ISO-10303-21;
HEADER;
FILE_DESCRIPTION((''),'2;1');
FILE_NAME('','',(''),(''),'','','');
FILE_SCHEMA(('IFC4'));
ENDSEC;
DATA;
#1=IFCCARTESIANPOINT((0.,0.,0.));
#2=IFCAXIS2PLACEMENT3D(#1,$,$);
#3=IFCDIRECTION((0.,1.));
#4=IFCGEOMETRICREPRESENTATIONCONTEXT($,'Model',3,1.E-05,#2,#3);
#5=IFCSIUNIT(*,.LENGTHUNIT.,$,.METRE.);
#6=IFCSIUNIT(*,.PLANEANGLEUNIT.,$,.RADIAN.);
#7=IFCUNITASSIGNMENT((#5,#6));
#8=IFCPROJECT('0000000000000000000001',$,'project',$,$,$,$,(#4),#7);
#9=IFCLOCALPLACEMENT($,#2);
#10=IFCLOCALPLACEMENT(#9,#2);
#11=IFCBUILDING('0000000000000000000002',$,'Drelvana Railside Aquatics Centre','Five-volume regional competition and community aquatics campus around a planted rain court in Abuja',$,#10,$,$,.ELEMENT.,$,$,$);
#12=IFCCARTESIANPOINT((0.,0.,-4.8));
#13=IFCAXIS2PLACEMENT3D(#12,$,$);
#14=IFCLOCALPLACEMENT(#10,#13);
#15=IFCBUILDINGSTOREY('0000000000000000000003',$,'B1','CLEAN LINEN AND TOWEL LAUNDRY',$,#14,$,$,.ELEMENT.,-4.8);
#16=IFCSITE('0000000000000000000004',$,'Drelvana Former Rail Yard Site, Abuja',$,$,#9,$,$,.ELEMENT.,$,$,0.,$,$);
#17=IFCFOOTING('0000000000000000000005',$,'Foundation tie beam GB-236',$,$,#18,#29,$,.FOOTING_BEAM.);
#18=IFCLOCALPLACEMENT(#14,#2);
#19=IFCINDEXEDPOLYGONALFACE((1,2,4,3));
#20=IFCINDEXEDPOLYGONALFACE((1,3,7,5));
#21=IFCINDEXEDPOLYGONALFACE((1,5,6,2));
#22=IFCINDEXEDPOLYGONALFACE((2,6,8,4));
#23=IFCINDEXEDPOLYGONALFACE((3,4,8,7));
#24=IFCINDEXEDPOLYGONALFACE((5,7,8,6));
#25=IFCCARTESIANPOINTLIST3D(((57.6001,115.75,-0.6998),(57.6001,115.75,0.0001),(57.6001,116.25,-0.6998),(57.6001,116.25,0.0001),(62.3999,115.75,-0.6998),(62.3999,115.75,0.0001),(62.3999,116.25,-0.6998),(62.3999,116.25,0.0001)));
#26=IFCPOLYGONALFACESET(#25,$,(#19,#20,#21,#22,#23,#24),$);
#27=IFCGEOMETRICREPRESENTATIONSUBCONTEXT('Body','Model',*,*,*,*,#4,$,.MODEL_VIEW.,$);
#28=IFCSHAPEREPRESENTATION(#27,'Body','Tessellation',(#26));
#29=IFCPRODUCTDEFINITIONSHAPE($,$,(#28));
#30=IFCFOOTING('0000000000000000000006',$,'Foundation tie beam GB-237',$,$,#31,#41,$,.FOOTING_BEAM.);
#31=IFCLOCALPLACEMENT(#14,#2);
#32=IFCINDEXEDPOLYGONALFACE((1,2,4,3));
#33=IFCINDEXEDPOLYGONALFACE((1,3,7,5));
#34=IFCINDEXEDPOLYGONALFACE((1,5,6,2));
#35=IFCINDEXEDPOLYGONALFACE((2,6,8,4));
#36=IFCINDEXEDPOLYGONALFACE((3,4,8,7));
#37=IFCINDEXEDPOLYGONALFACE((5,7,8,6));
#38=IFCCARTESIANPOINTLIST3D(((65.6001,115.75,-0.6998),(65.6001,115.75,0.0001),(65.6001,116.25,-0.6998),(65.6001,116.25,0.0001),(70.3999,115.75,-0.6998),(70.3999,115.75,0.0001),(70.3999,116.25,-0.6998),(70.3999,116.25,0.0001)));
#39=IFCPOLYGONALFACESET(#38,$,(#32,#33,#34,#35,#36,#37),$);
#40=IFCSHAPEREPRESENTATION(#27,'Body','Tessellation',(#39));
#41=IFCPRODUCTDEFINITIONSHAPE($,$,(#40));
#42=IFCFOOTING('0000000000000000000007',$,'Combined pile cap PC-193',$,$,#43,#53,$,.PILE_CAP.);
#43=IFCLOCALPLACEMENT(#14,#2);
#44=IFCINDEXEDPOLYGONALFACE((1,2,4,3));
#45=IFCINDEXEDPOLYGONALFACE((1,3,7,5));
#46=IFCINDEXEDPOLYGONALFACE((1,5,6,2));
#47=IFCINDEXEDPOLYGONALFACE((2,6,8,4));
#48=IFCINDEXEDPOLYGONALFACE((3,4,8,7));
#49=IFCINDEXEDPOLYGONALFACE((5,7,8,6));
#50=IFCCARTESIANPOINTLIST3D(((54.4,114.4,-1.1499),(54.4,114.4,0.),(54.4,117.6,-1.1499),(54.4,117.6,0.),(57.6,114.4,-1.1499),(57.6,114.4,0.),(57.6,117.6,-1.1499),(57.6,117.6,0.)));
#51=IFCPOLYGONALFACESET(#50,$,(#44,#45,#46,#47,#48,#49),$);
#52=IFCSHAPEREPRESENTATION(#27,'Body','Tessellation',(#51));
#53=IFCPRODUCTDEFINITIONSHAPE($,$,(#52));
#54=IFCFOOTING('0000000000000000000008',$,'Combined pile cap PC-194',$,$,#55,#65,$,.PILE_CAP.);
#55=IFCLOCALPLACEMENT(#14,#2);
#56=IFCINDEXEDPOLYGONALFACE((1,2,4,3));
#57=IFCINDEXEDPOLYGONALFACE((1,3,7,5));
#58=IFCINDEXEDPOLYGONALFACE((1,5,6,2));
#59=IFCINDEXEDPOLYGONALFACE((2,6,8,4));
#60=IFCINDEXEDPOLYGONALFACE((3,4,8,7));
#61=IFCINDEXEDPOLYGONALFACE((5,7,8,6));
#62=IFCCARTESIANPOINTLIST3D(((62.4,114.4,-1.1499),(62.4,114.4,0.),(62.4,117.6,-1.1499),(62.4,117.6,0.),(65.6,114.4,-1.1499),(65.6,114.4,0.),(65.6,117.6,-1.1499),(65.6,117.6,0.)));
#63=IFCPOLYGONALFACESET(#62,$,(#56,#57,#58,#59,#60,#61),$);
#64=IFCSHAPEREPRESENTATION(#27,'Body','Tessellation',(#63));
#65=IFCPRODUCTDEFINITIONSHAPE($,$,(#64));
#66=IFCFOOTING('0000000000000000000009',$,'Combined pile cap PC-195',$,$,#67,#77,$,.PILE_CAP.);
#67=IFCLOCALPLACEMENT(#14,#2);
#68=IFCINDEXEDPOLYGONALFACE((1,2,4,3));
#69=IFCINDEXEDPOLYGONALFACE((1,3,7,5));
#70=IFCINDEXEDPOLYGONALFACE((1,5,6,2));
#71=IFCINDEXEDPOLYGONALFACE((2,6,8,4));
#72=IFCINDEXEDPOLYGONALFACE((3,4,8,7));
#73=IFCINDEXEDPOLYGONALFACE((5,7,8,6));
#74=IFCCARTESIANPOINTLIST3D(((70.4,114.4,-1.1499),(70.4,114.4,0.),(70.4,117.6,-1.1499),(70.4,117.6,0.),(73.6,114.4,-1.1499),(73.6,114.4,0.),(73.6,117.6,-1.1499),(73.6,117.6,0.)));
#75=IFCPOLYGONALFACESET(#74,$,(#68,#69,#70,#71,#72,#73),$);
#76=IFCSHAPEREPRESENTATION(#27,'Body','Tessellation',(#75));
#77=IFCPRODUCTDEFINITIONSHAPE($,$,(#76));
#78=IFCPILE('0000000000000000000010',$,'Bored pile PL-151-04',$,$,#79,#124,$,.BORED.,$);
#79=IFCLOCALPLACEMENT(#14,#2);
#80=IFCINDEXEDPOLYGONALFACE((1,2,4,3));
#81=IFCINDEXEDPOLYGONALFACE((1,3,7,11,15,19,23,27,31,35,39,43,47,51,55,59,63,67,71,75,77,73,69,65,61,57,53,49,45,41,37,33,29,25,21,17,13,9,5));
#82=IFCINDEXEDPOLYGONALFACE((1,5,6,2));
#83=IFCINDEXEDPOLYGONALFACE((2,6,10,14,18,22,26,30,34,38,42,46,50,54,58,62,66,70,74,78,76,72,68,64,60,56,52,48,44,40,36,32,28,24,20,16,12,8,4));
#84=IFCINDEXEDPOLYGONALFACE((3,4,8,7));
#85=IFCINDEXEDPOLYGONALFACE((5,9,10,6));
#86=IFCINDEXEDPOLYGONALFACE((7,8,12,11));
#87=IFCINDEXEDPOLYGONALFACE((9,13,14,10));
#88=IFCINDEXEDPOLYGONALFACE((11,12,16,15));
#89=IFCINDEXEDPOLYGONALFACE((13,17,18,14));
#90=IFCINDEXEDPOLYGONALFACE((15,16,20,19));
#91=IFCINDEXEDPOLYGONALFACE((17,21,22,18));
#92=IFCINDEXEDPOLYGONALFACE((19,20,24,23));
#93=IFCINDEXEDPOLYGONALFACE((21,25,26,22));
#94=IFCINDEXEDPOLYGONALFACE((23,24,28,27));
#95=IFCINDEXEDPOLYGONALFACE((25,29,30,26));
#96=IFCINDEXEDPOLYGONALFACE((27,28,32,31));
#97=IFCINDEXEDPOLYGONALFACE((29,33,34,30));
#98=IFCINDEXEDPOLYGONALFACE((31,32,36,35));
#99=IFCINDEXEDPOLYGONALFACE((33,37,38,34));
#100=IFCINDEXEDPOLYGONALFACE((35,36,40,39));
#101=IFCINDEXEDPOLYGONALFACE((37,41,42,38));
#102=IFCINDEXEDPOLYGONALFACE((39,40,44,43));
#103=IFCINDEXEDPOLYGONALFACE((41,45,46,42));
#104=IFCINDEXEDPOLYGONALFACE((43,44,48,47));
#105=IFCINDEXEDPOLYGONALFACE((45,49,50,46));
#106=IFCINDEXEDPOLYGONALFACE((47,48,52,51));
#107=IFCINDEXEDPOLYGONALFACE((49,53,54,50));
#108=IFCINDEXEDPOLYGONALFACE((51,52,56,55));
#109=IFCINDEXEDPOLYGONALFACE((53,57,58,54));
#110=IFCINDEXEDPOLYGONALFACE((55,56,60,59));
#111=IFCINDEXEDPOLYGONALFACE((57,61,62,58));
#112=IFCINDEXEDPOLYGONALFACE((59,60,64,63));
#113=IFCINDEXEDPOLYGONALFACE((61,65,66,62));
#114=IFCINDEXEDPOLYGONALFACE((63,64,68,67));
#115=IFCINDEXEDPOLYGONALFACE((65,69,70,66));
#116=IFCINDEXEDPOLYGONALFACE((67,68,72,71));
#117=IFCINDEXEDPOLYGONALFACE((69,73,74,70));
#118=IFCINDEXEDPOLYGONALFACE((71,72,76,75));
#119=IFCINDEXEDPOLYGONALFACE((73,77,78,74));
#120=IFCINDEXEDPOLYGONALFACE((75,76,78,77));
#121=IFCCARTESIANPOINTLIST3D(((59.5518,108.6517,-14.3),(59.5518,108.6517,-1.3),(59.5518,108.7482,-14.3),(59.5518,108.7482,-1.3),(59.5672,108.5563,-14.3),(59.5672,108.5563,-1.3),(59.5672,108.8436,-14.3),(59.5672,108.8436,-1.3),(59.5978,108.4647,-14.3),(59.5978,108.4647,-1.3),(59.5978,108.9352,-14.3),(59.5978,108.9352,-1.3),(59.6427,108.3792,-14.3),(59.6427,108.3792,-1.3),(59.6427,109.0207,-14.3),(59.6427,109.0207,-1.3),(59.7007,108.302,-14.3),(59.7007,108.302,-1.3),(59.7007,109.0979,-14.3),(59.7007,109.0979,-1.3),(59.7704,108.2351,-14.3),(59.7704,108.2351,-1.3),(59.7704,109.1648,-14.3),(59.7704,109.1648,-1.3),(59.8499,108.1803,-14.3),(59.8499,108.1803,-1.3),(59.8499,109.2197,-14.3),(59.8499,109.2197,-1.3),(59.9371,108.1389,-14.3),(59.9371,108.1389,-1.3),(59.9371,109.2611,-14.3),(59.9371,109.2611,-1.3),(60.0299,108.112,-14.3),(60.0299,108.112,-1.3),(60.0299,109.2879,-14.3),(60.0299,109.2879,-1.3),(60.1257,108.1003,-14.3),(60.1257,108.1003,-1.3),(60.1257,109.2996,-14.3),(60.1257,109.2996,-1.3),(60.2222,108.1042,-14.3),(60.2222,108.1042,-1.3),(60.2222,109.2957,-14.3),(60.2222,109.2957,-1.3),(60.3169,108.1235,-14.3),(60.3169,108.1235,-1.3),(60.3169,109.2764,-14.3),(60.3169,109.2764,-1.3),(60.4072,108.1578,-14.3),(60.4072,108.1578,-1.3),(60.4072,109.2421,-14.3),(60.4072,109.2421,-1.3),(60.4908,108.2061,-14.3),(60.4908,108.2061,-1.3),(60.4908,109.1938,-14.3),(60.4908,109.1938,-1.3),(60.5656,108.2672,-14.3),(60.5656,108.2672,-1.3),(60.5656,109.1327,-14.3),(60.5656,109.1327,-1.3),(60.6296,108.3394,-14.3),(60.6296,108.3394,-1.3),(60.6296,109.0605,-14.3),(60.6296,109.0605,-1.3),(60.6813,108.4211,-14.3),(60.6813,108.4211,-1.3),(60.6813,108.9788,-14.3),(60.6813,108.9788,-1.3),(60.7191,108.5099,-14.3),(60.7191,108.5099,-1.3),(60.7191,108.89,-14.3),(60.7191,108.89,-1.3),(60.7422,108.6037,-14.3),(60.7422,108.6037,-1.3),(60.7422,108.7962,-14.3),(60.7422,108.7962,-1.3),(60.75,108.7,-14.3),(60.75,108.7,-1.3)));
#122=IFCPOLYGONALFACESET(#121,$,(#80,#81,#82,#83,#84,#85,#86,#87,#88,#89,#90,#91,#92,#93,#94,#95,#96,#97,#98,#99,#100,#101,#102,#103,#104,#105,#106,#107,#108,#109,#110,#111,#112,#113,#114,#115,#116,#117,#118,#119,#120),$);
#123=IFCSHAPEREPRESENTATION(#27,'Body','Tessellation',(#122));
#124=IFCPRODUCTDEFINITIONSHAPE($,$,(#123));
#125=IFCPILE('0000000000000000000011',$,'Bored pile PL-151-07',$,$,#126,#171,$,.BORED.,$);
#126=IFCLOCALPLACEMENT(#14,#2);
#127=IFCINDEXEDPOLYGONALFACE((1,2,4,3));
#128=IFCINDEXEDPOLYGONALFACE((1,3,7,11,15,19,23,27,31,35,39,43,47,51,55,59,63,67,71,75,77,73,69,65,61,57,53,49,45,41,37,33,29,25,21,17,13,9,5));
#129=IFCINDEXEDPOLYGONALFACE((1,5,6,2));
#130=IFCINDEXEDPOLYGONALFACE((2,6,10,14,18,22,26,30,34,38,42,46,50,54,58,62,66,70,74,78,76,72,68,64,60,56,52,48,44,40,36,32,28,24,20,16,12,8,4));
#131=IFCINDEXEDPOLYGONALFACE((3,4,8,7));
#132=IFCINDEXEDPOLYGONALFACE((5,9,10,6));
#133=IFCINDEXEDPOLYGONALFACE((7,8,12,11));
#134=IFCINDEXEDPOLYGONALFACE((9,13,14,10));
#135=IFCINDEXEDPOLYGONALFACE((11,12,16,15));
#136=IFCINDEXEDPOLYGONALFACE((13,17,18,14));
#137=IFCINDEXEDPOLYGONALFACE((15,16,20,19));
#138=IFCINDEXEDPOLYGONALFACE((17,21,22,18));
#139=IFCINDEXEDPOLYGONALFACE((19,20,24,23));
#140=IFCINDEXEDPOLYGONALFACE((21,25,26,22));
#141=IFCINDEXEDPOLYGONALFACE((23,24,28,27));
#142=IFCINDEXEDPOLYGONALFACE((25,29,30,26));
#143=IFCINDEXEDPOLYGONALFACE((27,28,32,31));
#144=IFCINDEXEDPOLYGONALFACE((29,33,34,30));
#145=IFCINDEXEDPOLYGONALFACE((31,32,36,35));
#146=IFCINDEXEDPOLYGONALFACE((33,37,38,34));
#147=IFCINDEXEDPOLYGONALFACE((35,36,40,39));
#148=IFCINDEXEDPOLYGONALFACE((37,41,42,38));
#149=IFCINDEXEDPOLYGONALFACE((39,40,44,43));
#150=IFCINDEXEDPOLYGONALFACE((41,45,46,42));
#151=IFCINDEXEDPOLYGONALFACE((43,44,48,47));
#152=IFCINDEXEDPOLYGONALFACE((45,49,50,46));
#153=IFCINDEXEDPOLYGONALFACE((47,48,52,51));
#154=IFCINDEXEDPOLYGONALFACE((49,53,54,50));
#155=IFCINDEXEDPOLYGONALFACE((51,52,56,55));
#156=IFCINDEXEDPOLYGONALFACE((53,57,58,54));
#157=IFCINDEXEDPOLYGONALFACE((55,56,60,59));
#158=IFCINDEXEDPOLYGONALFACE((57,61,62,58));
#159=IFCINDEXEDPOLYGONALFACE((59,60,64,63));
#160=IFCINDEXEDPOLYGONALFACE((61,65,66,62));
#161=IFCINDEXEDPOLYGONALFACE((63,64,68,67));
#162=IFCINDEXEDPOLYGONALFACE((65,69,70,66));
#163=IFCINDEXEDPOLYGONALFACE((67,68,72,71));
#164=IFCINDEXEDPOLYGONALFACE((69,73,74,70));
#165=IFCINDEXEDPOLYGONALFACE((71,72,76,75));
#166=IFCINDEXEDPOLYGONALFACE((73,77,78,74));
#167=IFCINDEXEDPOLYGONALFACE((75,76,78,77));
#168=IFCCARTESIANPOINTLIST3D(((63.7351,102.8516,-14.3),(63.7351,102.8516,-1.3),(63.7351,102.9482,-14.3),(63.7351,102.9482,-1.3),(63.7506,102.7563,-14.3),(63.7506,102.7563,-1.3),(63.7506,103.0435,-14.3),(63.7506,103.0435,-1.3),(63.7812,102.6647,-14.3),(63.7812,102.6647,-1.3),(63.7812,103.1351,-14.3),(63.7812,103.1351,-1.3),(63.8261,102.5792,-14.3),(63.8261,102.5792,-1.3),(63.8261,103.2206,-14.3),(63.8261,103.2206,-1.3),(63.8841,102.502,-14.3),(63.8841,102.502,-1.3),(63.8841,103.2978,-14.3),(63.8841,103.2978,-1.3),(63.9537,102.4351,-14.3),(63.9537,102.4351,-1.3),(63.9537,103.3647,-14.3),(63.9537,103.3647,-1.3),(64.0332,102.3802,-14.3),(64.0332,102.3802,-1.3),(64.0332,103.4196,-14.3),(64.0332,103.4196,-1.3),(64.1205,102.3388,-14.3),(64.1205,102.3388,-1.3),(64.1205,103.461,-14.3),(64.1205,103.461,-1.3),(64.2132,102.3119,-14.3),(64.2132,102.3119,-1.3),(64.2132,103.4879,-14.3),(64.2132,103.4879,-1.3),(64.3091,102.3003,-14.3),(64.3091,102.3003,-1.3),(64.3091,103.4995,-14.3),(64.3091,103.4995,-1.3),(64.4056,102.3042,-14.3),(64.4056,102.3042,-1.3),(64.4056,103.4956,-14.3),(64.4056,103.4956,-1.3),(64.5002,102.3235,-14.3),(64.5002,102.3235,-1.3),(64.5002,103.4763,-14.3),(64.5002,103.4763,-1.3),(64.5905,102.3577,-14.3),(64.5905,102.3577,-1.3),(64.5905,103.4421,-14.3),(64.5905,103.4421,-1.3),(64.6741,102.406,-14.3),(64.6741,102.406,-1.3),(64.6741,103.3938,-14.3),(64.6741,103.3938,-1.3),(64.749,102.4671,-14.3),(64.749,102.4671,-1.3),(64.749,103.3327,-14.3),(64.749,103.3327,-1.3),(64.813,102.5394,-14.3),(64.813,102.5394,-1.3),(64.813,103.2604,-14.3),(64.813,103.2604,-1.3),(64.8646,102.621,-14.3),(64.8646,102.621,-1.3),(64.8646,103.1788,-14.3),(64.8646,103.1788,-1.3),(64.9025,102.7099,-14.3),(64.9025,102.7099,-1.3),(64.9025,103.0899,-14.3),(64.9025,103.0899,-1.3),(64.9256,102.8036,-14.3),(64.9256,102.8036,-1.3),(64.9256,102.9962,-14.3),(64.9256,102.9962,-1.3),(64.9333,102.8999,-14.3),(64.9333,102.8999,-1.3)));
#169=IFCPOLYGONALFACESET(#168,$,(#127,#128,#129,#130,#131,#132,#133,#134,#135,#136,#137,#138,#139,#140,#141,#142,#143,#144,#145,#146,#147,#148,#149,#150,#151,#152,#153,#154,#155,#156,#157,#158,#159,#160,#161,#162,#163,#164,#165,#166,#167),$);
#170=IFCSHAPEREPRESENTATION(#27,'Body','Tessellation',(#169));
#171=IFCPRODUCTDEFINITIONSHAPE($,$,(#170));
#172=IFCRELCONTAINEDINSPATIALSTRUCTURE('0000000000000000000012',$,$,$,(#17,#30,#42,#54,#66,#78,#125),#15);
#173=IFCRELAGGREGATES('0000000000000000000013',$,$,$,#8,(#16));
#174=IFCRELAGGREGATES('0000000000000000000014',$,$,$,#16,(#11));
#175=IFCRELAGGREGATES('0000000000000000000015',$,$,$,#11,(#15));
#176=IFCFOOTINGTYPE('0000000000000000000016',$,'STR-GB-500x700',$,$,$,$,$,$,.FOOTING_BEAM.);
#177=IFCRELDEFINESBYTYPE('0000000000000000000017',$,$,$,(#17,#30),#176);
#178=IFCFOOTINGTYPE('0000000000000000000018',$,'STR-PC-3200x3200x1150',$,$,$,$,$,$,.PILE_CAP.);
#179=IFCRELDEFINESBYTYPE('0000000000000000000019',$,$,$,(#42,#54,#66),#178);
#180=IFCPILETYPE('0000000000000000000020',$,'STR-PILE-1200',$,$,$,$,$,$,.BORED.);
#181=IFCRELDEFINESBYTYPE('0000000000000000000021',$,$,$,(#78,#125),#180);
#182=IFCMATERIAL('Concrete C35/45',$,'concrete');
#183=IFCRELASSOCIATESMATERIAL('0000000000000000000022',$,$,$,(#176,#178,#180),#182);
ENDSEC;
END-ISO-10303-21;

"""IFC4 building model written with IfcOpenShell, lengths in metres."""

from ifc_helpers import new_model, si_unit, direction, frame, origin, origin_2d, place, context, subcontext, project, spatial, rectangle, circle, extrude, material, material_profile, profile_set, type_object, element, save


model = new_model("IFC4")

# Units and contexts
model_context = context("Model", 3, precision=1e-05, world=origin(), true_north=direction((0.0, 1.0)))
body_context = subcontext(model_context, "Body", "Model", "MODEL_VIEW")
ifc_project = project(units=[si_unit("LENGTHUNIT", "METRE"), si_unit("PLANEANGLEUNIT", "RADIAN")], contexts=[model_context])

# Site, building, storey
site_placement = place(None, origin())
site = spatial("IfcSite", under=ifc_project, at=site_placement, Name="Drelvana Former Rail Yard Site, Abuja", CompositionType="ELEMENT", RefElevation=0.0)
building_placement = place(site_placement, origin())
building = spatial("IfcBuilding", under=site, at=building_placement, Name="Drelvana Railside Aquatics Centre", Description="Five-volume regional competition and community aquatics campus around a planted rain court in Abuja", CompositionType="ELEMENT")
storey_placement = place(building_placement, frame((0.0, 0.0, -4.8)))
storey = spatial("IfcBuildingStorey", under=building, at=storey_placement, Name="B1", Description="CLEAN LINEN AND TOWEL LAUNDRY", CompositionType="ELEMENT", Elevation=-4.8)

# Footings
ifc_material_1 = material(Name="Concrete C35/45", Category="concrete")
ifc_material_profile_1 = material_profile(ifc_material_1, rectangle(XDim=0.5, YDim=0.7, at=origin_2d()), Name="GB 500x700")
ifc_profile_set_1 = profile_set([ifc_material_profile_1], Name="Concrete C35/45")
footing_type_1 = type_object("IfcFootingType", Name="STR-GB-500x700", PredefinedType="FOOTING_BEAM", material=ifc_profile_set_1)
for number, where, z_axis, x_axis, name in (
    (1, (57.6001, 116.0, -0.3499), (1.0, 0.0, 0.0), (0.0, 1.0, 0.0), "Foundation tie beam GB-236"),
    (2, (65.6001, 116.0, -0.3499), (1.0, 0.0, 0.0), (0.0, 1.0, 0.0), "Foundation tie beam GB-237"),
):
    element("IfcFooting", number, at=place(storey_placement, frame(where, z_axis=z_axis, x_axis=x_axis)), inside=storey, type_object=footing_type_1, Name=name, PredefinedType="FOOTING_BEAM", context=body_context, shape_type="SweptSolid", body=[
        extrude(rectangle(XDim=0.5, YDim=0.7, at=origin_2d()), origin(), (0.0, 0.0, 1.0), 4.7998),
    ])
footing_type_2 = type_object("IfcFootingType", Name="STR-PC-3200x3200x1150", PredefinedType="PILE_CAP", material=ifc_material_1)
for number, where, z_axis, x_axis, name in (
    (3, (56.0, 116.0, -1.1499), (0.0, 0.0, 1.0), (1.0, 0.0, 0.0), "Combined pile cap PC-193"),
    (4, (64.0, 116.0, -1.1499), (0.0, 0.0, 1.0), (1.0, 0.0, 0.0), "Combined pile cap PC-194"),
    (5, (72.0, 116.0, -1.1499), (0.0, 0.0, 1.0), (1.0, 0.0, 0.0), "Combined pile cap PC-195"),
):
    element("IfcFooting", number, at=place(storey_placement, frame(where, z_axis=z_axis, x_axis=x_axis)), inside=storey, type_object=footing_type_2, Name=name, PredefinedType="PILE_CAP", context=body_context, shape_type="SweptSolid", body=[
        extrude(rectangle(XDim=3.2, YDim=3.2, at=origin_2d()), origin(), (0.0, 0.0, 1.0), 1.1499),
    ])

# Piles
ifc_material_profile_2 = material_profile(ifc_material_1, circle(Radius=0.6001, at=origin_2d()), Name="PILE D1200")
ifc_profile_set_2 = profile_set([ifc_material_profile_2], Name="Concrete C35/45")
pile_type_1 = type_object("IfcPileType", Name="STR-PILE-1200", PredefinedType="BORED", material=ifc_profile_set_2)
for number, where, z_axis, x_axis, name in (
    (6, (60.1499, 108.7, -1.3), (0.0, 0.0, -1.0), (1.0, 0.0, 0.0), "Bored pile PL-151-04"),
    (7, (64.3333, 102.8999, -1.3), (0.0, 0.0, -1.0), (1.0, 0.0, 0.0), "Bored pile PL-151-07"),
):
    element("IfcPile", number, at=place(storey_placement, frame(where, z_axis=z_axis, x_axis=x_axis)), inside=storey, type_object=pile_type_1, Name=name, PredefinedType="BORED", context=body_context, shape_type="SweptSolid", body=[
        extrude(circle(Radius=0.6001, at=origin_2d()), origin(), (0.0, 0.0, 1.0), 13.0),
    ])

save(model, "model.ifc")
